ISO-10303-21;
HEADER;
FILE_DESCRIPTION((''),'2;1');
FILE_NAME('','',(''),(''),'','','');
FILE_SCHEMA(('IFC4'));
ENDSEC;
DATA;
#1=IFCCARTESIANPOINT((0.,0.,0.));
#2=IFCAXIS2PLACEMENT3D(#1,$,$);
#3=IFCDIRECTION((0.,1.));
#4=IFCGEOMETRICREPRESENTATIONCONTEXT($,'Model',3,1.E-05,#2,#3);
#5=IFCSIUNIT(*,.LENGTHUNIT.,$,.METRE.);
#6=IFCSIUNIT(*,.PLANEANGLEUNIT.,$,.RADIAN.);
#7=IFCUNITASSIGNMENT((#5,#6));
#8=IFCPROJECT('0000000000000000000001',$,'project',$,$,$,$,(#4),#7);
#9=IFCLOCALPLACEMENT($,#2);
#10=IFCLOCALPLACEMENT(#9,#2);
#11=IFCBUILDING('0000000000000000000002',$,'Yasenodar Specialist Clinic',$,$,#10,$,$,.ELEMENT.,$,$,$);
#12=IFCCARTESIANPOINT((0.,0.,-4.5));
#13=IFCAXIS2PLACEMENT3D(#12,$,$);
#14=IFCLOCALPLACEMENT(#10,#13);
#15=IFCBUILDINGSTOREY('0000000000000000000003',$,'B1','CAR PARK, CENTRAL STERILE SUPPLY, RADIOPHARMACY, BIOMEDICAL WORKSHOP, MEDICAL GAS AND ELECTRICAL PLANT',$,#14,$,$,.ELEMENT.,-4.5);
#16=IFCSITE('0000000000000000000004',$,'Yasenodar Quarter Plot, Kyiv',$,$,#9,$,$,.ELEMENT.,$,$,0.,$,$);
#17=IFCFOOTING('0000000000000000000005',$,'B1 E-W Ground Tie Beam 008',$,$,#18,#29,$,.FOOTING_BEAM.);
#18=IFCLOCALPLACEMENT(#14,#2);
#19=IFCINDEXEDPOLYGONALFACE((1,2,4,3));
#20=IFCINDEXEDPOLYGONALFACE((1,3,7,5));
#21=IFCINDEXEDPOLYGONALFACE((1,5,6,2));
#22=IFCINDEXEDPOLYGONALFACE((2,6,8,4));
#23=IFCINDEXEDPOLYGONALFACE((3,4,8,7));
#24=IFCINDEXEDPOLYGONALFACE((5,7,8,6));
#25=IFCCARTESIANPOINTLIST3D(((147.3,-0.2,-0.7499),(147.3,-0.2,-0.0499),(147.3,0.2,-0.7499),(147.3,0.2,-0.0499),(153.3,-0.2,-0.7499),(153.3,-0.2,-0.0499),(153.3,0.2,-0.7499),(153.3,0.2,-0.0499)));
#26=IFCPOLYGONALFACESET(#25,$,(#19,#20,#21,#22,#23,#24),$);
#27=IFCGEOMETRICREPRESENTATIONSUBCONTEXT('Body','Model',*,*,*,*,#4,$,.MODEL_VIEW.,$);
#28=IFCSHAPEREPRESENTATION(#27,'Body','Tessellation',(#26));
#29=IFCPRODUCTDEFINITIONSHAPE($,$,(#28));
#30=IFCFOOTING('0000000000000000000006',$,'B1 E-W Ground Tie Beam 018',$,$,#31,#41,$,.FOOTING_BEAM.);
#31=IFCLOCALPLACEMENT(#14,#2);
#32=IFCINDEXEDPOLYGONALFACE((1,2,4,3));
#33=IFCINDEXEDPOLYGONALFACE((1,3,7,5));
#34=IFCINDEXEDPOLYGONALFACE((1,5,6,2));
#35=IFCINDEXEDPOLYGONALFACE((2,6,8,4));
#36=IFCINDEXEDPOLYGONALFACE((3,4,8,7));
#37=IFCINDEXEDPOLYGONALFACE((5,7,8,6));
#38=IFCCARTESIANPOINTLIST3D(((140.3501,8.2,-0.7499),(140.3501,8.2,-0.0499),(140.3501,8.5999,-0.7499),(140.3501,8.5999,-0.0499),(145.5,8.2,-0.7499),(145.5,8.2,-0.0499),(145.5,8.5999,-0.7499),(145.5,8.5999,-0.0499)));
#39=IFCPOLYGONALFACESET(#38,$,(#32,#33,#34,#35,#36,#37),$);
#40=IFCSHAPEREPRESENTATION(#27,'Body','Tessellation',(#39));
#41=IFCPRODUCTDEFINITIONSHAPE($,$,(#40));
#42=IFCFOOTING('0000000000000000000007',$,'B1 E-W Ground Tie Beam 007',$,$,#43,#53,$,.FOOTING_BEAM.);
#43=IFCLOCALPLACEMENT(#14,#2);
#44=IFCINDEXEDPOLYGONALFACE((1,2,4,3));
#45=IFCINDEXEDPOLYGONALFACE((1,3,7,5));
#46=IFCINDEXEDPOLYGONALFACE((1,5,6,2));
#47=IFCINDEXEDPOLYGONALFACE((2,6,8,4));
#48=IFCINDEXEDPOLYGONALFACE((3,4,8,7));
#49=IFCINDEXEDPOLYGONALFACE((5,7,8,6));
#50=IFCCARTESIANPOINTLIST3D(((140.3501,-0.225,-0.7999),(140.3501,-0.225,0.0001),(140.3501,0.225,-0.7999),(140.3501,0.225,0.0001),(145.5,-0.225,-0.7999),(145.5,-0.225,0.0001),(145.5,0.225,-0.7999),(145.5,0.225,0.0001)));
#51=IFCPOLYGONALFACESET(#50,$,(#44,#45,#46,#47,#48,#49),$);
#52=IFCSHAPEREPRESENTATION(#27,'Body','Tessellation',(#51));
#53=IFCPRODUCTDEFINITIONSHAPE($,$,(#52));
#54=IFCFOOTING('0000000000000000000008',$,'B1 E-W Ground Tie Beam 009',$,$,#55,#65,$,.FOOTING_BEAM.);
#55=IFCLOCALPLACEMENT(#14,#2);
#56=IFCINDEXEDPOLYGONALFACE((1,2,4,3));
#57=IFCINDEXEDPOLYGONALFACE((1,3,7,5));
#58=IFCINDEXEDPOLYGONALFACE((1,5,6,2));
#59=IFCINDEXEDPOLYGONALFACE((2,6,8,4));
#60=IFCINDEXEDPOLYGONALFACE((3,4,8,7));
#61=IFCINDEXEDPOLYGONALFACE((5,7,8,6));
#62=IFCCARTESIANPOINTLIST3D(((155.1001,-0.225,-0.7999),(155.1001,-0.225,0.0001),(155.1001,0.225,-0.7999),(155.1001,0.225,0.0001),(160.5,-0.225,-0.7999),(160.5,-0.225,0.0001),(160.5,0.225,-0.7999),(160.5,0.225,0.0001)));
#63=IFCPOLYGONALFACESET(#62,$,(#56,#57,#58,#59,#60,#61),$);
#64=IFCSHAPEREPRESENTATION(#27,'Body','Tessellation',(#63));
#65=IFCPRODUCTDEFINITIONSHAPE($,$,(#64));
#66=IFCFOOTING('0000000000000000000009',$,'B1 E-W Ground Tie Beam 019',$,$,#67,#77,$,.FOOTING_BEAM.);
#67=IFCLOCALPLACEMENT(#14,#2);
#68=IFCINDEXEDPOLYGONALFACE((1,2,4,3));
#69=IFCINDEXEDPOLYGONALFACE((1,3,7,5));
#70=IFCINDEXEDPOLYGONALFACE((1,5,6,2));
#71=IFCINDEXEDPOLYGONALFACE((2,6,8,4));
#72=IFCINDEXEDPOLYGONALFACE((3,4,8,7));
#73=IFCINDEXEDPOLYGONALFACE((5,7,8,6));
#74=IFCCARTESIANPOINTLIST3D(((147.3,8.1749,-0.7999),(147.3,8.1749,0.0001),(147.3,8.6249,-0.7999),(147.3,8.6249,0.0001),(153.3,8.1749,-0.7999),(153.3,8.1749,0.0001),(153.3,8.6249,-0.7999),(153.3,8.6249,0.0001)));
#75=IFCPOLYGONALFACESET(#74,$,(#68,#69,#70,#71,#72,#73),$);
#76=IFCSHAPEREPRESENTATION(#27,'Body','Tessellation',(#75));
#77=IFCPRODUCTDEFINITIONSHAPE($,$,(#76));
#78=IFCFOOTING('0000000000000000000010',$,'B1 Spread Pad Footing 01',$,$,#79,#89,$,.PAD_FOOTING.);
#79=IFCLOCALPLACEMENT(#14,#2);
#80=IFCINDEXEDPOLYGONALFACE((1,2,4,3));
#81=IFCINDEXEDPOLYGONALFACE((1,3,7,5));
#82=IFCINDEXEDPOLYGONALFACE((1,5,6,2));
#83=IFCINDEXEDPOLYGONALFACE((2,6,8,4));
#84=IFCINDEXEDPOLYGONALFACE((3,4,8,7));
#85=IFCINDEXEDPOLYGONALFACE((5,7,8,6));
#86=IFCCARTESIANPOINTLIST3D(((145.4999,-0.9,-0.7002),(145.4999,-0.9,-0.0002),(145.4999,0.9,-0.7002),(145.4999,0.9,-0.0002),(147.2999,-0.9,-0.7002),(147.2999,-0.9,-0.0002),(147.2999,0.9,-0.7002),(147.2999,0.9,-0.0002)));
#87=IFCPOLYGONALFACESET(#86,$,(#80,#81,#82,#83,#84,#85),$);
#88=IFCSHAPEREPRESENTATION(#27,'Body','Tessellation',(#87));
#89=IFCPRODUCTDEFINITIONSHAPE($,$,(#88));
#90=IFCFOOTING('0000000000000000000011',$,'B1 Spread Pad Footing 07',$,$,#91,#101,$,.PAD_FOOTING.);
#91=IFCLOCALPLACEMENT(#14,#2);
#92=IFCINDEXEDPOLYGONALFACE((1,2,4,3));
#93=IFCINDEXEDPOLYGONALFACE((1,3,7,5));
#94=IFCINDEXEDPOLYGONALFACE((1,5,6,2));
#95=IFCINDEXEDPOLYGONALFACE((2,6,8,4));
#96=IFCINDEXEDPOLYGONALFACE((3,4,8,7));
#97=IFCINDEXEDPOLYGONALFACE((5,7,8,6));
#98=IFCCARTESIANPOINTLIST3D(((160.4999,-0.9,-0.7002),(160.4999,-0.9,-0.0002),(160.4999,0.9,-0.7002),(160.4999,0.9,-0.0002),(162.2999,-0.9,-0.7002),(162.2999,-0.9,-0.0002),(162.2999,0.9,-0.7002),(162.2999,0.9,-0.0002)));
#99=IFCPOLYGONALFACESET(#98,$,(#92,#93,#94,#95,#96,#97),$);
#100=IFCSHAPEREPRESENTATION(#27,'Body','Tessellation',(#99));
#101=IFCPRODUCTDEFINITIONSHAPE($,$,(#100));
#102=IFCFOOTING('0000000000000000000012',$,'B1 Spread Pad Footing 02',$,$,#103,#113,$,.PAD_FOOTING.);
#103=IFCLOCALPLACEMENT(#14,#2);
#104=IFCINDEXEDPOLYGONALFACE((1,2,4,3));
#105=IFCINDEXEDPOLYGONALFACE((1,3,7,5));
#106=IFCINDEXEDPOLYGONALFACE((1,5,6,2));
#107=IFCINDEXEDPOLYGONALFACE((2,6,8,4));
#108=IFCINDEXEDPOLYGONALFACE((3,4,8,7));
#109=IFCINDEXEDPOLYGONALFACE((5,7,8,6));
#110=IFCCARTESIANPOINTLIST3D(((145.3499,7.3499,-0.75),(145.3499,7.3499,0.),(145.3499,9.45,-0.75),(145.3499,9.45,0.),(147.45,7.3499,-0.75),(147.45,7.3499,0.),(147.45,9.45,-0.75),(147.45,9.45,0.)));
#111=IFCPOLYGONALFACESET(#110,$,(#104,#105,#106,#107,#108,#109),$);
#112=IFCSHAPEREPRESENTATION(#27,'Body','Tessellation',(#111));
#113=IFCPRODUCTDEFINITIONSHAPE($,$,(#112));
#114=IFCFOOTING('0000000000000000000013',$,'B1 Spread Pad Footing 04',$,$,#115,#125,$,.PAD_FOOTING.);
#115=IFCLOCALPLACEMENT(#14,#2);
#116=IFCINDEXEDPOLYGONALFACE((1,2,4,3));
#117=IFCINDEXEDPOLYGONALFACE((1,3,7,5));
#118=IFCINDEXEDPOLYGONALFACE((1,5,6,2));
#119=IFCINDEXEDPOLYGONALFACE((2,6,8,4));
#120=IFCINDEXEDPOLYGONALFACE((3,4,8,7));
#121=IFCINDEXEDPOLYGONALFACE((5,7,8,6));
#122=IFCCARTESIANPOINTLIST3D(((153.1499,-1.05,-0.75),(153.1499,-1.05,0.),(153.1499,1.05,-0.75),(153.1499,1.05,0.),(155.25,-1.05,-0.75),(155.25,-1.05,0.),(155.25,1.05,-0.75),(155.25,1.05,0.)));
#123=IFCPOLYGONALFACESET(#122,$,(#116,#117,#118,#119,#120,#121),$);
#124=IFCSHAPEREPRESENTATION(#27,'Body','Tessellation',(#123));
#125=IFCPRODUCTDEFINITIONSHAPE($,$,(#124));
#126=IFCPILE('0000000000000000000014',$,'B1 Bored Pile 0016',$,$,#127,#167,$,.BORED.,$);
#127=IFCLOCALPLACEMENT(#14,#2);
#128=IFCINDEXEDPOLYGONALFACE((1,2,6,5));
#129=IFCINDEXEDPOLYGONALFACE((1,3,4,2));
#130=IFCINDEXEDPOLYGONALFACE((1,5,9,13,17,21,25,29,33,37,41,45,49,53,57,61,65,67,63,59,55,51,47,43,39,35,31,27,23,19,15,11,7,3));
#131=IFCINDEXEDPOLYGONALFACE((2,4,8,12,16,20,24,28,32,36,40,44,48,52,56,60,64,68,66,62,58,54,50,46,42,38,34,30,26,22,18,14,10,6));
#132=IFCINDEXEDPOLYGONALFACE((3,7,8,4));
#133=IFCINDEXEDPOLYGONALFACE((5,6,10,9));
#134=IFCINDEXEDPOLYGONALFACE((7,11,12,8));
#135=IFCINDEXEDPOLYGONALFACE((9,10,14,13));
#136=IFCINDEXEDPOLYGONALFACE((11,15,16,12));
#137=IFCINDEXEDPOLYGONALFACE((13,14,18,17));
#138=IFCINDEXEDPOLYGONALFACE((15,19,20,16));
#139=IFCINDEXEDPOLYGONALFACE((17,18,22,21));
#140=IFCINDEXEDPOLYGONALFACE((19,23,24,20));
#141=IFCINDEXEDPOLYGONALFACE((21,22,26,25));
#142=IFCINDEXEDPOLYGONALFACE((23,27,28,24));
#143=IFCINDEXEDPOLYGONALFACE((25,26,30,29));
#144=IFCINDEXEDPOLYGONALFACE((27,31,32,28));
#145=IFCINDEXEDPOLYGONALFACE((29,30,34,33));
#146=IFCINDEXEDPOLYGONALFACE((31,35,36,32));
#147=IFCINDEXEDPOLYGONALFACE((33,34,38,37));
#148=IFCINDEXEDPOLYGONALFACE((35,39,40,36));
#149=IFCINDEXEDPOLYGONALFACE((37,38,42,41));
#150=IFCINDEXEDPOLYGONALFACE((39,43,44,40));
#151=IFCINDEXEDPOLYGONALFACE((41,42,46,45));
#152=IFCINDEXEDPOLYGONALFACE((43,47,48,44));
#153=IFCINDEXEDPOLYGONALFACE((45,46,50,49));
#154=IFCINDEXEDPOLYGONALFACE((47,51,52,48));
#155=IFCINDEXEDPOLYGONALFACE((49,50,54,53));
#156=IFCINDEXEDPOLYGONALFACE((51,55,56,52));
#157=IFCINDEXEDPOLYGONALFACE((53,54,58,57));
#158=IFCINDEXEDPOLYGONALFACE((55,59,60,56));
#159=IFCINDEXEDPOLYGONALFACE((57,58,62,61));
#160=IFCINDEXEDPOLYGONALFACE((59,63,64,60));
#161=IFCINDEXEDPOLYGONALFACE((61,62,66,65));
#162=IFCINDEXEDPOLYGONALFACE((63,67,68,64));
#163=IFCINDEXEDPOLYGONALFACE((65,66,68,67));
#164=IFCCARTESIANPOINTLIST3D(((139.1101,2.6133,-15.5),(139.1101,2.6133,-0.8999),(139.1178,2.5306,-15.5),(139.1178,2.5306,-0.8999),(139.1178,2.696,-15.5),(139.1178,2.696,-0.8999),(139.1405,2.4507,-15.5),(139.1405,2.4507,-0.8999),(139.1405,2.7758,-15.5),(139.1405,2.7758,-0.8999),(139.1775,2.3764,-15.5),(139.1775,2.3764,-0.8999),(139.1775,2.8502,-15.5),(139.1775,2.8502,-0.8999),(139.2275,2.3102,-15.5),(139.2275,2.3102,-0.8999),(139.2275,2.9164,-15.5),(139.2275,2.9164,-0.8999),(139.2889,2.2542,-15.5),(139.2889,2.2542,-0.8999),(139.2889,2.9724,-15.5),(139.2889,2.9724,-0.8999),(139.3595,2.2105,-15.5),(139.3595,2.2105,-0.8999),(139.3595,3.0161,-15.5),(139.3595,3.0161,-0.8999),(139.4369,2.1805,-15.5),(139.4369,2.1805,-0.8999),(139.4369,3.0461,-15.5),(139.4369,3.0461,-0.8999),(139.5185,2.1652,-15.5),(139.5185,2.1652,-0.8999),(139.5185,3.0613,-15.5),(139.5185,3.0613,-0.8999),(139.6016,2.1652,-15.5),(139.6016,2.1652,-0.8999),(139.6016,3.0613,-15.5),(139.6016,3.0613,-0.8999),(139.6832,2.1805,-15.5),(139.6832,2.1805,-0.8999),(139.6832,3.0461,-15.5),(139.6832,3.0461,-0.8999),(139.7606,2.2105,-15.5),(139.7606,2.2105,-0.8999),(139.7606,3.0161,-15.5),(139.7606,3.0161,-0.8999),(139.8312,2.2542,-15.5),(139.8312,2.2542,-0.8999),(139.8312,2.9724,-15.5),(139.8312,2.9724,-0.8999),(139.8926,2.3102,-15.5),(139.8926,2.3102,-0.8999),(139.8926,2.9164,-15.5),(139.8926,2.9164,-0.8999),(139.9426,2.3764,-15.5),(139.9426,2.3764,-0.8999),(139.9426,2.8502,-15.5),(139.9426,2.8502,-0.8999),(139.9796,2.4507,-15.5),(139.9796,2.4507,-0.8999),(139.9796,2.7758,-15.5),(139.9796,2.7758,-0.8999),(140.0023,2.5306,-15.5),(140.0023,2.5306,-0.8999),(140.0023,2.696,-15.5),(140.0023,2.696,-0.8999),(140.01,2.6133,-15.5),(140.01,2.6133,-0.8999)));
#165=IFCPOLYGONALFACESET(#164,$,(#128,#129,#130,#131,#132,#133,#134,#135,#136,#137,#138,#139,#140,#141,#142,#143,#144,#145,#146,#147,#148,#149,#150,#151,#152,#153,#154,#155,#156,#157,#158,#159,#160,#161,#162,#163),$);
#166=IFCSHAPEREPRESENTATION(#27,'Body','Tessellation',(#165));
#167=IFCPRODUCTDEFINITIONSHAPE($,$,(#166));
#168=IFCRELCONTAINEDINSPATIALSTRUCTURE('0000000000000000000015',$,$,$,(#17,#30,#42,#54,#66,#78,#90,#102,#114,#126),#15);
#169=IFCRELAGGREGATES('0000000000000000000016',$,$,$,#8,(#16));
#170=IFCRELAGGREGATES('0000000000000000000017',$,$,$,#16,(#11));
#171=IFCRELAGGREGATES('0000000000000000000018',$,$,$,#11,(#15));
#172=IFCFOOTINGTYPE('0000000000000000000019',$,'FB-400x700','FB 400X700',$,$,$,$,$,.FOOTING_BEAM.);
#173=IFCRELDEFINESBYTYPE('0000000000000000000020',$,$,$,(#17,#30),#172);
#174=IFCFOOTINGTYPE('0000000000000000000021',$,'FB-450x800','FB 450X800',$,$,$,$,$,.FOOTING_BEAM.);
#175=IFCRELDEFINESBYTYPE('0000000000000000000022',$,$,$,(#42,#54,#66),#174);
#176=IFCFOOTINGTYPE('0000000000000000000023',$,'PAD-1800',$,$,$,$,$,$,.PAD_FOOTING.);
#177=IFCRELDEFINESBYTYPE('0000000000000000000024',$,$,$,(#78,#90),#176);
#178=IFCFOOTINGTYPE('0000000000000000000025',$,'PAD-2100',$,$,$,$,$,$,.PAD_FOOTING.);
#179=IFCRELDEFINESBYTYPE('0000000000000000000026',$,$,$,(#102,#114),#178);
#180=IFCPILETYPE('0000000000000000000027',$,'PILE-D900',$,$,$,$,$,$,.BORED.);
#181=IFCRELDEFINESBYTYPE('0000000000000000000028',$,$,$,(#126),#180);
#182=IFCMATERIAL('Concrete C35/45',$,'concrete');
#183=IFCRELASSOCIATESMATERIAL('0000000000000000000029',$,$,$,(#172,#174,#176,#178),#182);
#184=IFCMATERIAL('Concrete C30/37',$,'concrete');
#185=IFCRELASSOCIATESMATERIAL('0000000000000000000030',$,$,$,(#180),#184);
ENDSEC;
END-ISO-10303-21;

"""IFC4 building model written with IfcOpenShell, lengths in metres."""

from ifc_helpers import new_model, si_unit, direction, frame, origin, origin_2d, place, context, subcontext, project, spatial, rectangle, circle, extrude, material, material_profile, profile_set, type_object, element, save


model = new_model("IFC4")

# Units and contexts
model_context = context("Model", 3, precision=1e-05, world=origin(), true_north=direction((0.0, 1.0)))
body_context = subcontext(model_context, "Body", "Model", "MODEL_VIEW")
ifc_project = project(units=[si_unit("LENGTHUNIT", "METRE"), si_unit("PLANEANGLEUNIT", "RADIAN")], contexts=[model_context])

# Site, building, storey
site_placement = place(None, origin())
site = spatial("IfcSite", under=ifc_project, at=site_placement, Name="Yasenodar Quarter Plot, Kyiv", CompositionType="ELEMENT", RefElevation=0.0)
building_placement = place(site_placement, origin())
building = spatial("IfcBuilding", under=site, at=building_placement, Name="Yasenodar Specialist Clinic", CompositionType="ELEMENT")
storey_placement = place(building_placement, frame((0.0, 0.0, -4.5)))
storey = spatial("IfcBuildingStorey", under=building, at=storey_placement, Name="B1", Description="CAR PARK, CENTRAL STERILE SUPPLY, RADIOPHARMACY, BIOMEDICAL WORKSHOP, MEDICAL GAS AND ELECTRICAL PLANT", CompositionType="ELEMENT", Elevation=-4.5)

# Footings
ifc_material_1 = material(Name="Concrete C35/45", Category="concrete")
ifc_material_profile_1 = material_profile(ifc_material_1, rectangle(XDim=0.3999, YDim=0.7, at=origin_2d()), Name="RC 400x700")
ifc_profile_set_1 = profile_set([ifc_material_profile_1], Name="Concrete C35/45")
footing_type_1 = type_object("IfcFootingType", Name="FB-400x700", Description="FB 400X700", PredefinedType="FOOTING_BEAM", material=ifc_profile_set_1)
footing_1_placement = place(storey_placement, frame((147.3, 0.0, -0.3999), z_axis=(1.0, 0.0, 0.0), x_axis=(0.0, 1.0, 0.0)))
element("IfcFooting", 1, at=footing_1_placement, inside=storey, type_object=footing_type_1, Name="B1 E-W Ground Tie Beam 008", PredefinedType="FOOTING_BEAM", context=body_context, shape_type="SweptSolid", body=[
    extrude(rectangle(XDim=0.3999, YDim=0.7, at=origin_2d()), origin(), (0.0, 0.0, 1.0), 6.0),
])
footing_2_placement = place(storey_placement, frame((140.3501, 8.3999, -0.3999), z_axis=(1.0, 0.0, 0.0), x_axis=(0.0, 1.0, 0.0)))
element("IfcFooting", 2, at=footing_2_placement, inside=storey, type_object=footing_type_1, Name="B1 E-W Ground Tie Beam 018", PredefinedType="FOOTING_BEAM", context=body_context, shape_type="SweptSolid", body=[
    extrude(rectangle(XDim=0.3999, YDim=0.7, at=origin_2d()), origin(), (0.0, 0.0, 1.0), 5.1499),
])
ifc_material_profile_2 = material_profile(ifc_material_1, rectangle(XDim=0.45, YDim=0.8, at=origin_2d()), Name="RC 450x800")
ifc_profile_set_2 = profile_set([ifc_material_profile_2], Name="Concrete C35/45")
footing_type_2 = type_object("IfcFootingType", Name="FB-450x800", Description="FB 450X800", PredefinedType="FOOTING_BEAM", material=ifc_profile_set_2)
footing_3_placement = place(storey_placement, frame((140.3501, 0.0, -0.3999), z_axis=(1.0, 0.0, 0.0), x_axis=(0.0, 1.0, 0.0)))
element("IfcFooting", 3, at=footing_3_placement, inside=storey, type_object=footing_type_2, Name="B1 E-W Ground Tie Beam 007", PredefinedType="FOOTING_BEAM", context=body_context, shape_type="SweptSolid", body=[
    extrude(rectangle(XDim=0.45, YDim=0.8, at=origin_2d()), origin(), (0.0, 0.0, 1.0), 5.1499),
])
footing_4_placement = place(storey_placement, frame((155.1001, 0.0, -0.3999), z_axis=(1.0, 0.0, 0.0), x_axis=(0.0, 1.0, 0.0)))
element("IfcFooting", 4, at=footing_4_placement, inside=storey, type_object=footing_type_2, Name="B1 E-W Ground Tie Beam 009", PredefinedType="FOOTING_BEAM", context=body_context, shape_type="SweptSolid", body=[
    extrude(rectangle(XDim=0.45, YDim=0.8, at=origin_2d()), origin(), (0.0, 0.0, 1.0), 5.3999),
])
footing_5_placement = place(storey_placement, frame((147.3, 8.3999, -0.3999), z_axis=(1.0, 0.0, 0.0), x_axis=(0.0, 1.0, 0.0)))
element("IfcFooting", 5, at=footing_5_placement, inside=storey, type_object=footing_type_2, Name="B1 E-W Ground Tie Beam 019", PredefinedType="FOOTING_BEAM", context=body_context, shape_type="SweptSolid", body=[
    extrude(rectangle(XDim=0.45, YDim=0.8, at=origin_2d()), origin(), (0.0, 0.0, 1.0), 6.0),
])
footing_type_3 = type_object("IfcFootingType", Name="PAD-1800", PredefinedType="PAD_FOOTING", material=ifc_material_1)
for number, where, z_axis, x_axis, name in (
    (6, (146.3999, 0.0, -0.7002), (0.0, 0.0, 1.0), (1.0, 0.0, 0.0), "B1 Spread Pad Footing 01"),
    (7, (161.3999, 0.0, -0.7002), (0.0, 0.0, 1.0), (1.0, 0.0, 0.0), "B1 Spread Pad Footing 07"),
):
    element("IfcFooting", number, at=place(storey_placement, frame(where, z_axis=z_axis, x_axis=x_axis)), inside=storey, type_object=footing_type_3, Name=name, PredefinedType="PAD_FOOTING", context=body_context, shape_type="SweptSolid", body=[
        extrude(rectangle(XDim=1.8, YDim=1.8, at=origin_2d()), origin(), (0.0, 0.0, 1.0), 0.7),
    ])
footing_type_4 = type_object("IfcFootingType", Name="PAD-2100", PredefinedType="PAD_FOOTING", material=ifc_material_1)
for number, where, z_axis, x_axis, name in (
    (8, (146.3999, 8.3999, -0.75), (0.0, 0.0, 1.0), (1.0, 0.0, 0.0), "B1 Spread Pad Footing 02"),
    (9, (154.2, 0.0, -0.75), (0.0, 0.0, 1.0), (1.0, 0.0, 0.0), "B1 Spread Pad Footing 04"),
):
    element("IfcFooting", number, at=place(storey_placement, frame(where, z_axis=z_axis, x_axis=x_axis)), inside=storey, type_object=footing_type_4, Name=name, PredefinedType="PAD_FOOTING", context=body_context, shape_type="SweptSolid", body=[
        extrude(rectangle(XDim=2.1001, YDim=2.1001, at=origin_2d()), origin(), (0.0, 0.0, 1.0), 0.75),
    ])

# Pile
ifc_material_2 = material(Name="Concrete C30/37", Category="concrete")
ifc_material_profile_3 = material_profile(ifc_material_2, circle(Radius=0.45, at=origin_2d()), Name="PILE D900")
ifc_profile_set_3 = profile_set([ifc_material_profile_3], Name="Concrete C30/37")
pile_type = type_object("IfcPileType", Name="PILE-D900", PredefinedType="BORED", material=ifc_profile_set_3)
for number, where, z_axis, x_axis, name in (
    (10, (139.5601, 2.6133, -0.8999), (0.0, 0.0, -1.0), (1.0, 0.0, 0.0), "B1 Bored Pile 0016"),
):
    element("IfcPile", number, at=place(storey_placement, frame(where, z_axis=z_axis, x_axis=x_axis)), inside=storey, type_object=pile_type, Name=name, PredefinedType="BORED", context=body_context, shape_type="SweptSolid", body=[
        extrude(circle(Radius=0.45, at=origin_2d()), origin(), (0.0, 0.0, 1.0), 14.6001),
    ])

save(model, "model.ifc")
